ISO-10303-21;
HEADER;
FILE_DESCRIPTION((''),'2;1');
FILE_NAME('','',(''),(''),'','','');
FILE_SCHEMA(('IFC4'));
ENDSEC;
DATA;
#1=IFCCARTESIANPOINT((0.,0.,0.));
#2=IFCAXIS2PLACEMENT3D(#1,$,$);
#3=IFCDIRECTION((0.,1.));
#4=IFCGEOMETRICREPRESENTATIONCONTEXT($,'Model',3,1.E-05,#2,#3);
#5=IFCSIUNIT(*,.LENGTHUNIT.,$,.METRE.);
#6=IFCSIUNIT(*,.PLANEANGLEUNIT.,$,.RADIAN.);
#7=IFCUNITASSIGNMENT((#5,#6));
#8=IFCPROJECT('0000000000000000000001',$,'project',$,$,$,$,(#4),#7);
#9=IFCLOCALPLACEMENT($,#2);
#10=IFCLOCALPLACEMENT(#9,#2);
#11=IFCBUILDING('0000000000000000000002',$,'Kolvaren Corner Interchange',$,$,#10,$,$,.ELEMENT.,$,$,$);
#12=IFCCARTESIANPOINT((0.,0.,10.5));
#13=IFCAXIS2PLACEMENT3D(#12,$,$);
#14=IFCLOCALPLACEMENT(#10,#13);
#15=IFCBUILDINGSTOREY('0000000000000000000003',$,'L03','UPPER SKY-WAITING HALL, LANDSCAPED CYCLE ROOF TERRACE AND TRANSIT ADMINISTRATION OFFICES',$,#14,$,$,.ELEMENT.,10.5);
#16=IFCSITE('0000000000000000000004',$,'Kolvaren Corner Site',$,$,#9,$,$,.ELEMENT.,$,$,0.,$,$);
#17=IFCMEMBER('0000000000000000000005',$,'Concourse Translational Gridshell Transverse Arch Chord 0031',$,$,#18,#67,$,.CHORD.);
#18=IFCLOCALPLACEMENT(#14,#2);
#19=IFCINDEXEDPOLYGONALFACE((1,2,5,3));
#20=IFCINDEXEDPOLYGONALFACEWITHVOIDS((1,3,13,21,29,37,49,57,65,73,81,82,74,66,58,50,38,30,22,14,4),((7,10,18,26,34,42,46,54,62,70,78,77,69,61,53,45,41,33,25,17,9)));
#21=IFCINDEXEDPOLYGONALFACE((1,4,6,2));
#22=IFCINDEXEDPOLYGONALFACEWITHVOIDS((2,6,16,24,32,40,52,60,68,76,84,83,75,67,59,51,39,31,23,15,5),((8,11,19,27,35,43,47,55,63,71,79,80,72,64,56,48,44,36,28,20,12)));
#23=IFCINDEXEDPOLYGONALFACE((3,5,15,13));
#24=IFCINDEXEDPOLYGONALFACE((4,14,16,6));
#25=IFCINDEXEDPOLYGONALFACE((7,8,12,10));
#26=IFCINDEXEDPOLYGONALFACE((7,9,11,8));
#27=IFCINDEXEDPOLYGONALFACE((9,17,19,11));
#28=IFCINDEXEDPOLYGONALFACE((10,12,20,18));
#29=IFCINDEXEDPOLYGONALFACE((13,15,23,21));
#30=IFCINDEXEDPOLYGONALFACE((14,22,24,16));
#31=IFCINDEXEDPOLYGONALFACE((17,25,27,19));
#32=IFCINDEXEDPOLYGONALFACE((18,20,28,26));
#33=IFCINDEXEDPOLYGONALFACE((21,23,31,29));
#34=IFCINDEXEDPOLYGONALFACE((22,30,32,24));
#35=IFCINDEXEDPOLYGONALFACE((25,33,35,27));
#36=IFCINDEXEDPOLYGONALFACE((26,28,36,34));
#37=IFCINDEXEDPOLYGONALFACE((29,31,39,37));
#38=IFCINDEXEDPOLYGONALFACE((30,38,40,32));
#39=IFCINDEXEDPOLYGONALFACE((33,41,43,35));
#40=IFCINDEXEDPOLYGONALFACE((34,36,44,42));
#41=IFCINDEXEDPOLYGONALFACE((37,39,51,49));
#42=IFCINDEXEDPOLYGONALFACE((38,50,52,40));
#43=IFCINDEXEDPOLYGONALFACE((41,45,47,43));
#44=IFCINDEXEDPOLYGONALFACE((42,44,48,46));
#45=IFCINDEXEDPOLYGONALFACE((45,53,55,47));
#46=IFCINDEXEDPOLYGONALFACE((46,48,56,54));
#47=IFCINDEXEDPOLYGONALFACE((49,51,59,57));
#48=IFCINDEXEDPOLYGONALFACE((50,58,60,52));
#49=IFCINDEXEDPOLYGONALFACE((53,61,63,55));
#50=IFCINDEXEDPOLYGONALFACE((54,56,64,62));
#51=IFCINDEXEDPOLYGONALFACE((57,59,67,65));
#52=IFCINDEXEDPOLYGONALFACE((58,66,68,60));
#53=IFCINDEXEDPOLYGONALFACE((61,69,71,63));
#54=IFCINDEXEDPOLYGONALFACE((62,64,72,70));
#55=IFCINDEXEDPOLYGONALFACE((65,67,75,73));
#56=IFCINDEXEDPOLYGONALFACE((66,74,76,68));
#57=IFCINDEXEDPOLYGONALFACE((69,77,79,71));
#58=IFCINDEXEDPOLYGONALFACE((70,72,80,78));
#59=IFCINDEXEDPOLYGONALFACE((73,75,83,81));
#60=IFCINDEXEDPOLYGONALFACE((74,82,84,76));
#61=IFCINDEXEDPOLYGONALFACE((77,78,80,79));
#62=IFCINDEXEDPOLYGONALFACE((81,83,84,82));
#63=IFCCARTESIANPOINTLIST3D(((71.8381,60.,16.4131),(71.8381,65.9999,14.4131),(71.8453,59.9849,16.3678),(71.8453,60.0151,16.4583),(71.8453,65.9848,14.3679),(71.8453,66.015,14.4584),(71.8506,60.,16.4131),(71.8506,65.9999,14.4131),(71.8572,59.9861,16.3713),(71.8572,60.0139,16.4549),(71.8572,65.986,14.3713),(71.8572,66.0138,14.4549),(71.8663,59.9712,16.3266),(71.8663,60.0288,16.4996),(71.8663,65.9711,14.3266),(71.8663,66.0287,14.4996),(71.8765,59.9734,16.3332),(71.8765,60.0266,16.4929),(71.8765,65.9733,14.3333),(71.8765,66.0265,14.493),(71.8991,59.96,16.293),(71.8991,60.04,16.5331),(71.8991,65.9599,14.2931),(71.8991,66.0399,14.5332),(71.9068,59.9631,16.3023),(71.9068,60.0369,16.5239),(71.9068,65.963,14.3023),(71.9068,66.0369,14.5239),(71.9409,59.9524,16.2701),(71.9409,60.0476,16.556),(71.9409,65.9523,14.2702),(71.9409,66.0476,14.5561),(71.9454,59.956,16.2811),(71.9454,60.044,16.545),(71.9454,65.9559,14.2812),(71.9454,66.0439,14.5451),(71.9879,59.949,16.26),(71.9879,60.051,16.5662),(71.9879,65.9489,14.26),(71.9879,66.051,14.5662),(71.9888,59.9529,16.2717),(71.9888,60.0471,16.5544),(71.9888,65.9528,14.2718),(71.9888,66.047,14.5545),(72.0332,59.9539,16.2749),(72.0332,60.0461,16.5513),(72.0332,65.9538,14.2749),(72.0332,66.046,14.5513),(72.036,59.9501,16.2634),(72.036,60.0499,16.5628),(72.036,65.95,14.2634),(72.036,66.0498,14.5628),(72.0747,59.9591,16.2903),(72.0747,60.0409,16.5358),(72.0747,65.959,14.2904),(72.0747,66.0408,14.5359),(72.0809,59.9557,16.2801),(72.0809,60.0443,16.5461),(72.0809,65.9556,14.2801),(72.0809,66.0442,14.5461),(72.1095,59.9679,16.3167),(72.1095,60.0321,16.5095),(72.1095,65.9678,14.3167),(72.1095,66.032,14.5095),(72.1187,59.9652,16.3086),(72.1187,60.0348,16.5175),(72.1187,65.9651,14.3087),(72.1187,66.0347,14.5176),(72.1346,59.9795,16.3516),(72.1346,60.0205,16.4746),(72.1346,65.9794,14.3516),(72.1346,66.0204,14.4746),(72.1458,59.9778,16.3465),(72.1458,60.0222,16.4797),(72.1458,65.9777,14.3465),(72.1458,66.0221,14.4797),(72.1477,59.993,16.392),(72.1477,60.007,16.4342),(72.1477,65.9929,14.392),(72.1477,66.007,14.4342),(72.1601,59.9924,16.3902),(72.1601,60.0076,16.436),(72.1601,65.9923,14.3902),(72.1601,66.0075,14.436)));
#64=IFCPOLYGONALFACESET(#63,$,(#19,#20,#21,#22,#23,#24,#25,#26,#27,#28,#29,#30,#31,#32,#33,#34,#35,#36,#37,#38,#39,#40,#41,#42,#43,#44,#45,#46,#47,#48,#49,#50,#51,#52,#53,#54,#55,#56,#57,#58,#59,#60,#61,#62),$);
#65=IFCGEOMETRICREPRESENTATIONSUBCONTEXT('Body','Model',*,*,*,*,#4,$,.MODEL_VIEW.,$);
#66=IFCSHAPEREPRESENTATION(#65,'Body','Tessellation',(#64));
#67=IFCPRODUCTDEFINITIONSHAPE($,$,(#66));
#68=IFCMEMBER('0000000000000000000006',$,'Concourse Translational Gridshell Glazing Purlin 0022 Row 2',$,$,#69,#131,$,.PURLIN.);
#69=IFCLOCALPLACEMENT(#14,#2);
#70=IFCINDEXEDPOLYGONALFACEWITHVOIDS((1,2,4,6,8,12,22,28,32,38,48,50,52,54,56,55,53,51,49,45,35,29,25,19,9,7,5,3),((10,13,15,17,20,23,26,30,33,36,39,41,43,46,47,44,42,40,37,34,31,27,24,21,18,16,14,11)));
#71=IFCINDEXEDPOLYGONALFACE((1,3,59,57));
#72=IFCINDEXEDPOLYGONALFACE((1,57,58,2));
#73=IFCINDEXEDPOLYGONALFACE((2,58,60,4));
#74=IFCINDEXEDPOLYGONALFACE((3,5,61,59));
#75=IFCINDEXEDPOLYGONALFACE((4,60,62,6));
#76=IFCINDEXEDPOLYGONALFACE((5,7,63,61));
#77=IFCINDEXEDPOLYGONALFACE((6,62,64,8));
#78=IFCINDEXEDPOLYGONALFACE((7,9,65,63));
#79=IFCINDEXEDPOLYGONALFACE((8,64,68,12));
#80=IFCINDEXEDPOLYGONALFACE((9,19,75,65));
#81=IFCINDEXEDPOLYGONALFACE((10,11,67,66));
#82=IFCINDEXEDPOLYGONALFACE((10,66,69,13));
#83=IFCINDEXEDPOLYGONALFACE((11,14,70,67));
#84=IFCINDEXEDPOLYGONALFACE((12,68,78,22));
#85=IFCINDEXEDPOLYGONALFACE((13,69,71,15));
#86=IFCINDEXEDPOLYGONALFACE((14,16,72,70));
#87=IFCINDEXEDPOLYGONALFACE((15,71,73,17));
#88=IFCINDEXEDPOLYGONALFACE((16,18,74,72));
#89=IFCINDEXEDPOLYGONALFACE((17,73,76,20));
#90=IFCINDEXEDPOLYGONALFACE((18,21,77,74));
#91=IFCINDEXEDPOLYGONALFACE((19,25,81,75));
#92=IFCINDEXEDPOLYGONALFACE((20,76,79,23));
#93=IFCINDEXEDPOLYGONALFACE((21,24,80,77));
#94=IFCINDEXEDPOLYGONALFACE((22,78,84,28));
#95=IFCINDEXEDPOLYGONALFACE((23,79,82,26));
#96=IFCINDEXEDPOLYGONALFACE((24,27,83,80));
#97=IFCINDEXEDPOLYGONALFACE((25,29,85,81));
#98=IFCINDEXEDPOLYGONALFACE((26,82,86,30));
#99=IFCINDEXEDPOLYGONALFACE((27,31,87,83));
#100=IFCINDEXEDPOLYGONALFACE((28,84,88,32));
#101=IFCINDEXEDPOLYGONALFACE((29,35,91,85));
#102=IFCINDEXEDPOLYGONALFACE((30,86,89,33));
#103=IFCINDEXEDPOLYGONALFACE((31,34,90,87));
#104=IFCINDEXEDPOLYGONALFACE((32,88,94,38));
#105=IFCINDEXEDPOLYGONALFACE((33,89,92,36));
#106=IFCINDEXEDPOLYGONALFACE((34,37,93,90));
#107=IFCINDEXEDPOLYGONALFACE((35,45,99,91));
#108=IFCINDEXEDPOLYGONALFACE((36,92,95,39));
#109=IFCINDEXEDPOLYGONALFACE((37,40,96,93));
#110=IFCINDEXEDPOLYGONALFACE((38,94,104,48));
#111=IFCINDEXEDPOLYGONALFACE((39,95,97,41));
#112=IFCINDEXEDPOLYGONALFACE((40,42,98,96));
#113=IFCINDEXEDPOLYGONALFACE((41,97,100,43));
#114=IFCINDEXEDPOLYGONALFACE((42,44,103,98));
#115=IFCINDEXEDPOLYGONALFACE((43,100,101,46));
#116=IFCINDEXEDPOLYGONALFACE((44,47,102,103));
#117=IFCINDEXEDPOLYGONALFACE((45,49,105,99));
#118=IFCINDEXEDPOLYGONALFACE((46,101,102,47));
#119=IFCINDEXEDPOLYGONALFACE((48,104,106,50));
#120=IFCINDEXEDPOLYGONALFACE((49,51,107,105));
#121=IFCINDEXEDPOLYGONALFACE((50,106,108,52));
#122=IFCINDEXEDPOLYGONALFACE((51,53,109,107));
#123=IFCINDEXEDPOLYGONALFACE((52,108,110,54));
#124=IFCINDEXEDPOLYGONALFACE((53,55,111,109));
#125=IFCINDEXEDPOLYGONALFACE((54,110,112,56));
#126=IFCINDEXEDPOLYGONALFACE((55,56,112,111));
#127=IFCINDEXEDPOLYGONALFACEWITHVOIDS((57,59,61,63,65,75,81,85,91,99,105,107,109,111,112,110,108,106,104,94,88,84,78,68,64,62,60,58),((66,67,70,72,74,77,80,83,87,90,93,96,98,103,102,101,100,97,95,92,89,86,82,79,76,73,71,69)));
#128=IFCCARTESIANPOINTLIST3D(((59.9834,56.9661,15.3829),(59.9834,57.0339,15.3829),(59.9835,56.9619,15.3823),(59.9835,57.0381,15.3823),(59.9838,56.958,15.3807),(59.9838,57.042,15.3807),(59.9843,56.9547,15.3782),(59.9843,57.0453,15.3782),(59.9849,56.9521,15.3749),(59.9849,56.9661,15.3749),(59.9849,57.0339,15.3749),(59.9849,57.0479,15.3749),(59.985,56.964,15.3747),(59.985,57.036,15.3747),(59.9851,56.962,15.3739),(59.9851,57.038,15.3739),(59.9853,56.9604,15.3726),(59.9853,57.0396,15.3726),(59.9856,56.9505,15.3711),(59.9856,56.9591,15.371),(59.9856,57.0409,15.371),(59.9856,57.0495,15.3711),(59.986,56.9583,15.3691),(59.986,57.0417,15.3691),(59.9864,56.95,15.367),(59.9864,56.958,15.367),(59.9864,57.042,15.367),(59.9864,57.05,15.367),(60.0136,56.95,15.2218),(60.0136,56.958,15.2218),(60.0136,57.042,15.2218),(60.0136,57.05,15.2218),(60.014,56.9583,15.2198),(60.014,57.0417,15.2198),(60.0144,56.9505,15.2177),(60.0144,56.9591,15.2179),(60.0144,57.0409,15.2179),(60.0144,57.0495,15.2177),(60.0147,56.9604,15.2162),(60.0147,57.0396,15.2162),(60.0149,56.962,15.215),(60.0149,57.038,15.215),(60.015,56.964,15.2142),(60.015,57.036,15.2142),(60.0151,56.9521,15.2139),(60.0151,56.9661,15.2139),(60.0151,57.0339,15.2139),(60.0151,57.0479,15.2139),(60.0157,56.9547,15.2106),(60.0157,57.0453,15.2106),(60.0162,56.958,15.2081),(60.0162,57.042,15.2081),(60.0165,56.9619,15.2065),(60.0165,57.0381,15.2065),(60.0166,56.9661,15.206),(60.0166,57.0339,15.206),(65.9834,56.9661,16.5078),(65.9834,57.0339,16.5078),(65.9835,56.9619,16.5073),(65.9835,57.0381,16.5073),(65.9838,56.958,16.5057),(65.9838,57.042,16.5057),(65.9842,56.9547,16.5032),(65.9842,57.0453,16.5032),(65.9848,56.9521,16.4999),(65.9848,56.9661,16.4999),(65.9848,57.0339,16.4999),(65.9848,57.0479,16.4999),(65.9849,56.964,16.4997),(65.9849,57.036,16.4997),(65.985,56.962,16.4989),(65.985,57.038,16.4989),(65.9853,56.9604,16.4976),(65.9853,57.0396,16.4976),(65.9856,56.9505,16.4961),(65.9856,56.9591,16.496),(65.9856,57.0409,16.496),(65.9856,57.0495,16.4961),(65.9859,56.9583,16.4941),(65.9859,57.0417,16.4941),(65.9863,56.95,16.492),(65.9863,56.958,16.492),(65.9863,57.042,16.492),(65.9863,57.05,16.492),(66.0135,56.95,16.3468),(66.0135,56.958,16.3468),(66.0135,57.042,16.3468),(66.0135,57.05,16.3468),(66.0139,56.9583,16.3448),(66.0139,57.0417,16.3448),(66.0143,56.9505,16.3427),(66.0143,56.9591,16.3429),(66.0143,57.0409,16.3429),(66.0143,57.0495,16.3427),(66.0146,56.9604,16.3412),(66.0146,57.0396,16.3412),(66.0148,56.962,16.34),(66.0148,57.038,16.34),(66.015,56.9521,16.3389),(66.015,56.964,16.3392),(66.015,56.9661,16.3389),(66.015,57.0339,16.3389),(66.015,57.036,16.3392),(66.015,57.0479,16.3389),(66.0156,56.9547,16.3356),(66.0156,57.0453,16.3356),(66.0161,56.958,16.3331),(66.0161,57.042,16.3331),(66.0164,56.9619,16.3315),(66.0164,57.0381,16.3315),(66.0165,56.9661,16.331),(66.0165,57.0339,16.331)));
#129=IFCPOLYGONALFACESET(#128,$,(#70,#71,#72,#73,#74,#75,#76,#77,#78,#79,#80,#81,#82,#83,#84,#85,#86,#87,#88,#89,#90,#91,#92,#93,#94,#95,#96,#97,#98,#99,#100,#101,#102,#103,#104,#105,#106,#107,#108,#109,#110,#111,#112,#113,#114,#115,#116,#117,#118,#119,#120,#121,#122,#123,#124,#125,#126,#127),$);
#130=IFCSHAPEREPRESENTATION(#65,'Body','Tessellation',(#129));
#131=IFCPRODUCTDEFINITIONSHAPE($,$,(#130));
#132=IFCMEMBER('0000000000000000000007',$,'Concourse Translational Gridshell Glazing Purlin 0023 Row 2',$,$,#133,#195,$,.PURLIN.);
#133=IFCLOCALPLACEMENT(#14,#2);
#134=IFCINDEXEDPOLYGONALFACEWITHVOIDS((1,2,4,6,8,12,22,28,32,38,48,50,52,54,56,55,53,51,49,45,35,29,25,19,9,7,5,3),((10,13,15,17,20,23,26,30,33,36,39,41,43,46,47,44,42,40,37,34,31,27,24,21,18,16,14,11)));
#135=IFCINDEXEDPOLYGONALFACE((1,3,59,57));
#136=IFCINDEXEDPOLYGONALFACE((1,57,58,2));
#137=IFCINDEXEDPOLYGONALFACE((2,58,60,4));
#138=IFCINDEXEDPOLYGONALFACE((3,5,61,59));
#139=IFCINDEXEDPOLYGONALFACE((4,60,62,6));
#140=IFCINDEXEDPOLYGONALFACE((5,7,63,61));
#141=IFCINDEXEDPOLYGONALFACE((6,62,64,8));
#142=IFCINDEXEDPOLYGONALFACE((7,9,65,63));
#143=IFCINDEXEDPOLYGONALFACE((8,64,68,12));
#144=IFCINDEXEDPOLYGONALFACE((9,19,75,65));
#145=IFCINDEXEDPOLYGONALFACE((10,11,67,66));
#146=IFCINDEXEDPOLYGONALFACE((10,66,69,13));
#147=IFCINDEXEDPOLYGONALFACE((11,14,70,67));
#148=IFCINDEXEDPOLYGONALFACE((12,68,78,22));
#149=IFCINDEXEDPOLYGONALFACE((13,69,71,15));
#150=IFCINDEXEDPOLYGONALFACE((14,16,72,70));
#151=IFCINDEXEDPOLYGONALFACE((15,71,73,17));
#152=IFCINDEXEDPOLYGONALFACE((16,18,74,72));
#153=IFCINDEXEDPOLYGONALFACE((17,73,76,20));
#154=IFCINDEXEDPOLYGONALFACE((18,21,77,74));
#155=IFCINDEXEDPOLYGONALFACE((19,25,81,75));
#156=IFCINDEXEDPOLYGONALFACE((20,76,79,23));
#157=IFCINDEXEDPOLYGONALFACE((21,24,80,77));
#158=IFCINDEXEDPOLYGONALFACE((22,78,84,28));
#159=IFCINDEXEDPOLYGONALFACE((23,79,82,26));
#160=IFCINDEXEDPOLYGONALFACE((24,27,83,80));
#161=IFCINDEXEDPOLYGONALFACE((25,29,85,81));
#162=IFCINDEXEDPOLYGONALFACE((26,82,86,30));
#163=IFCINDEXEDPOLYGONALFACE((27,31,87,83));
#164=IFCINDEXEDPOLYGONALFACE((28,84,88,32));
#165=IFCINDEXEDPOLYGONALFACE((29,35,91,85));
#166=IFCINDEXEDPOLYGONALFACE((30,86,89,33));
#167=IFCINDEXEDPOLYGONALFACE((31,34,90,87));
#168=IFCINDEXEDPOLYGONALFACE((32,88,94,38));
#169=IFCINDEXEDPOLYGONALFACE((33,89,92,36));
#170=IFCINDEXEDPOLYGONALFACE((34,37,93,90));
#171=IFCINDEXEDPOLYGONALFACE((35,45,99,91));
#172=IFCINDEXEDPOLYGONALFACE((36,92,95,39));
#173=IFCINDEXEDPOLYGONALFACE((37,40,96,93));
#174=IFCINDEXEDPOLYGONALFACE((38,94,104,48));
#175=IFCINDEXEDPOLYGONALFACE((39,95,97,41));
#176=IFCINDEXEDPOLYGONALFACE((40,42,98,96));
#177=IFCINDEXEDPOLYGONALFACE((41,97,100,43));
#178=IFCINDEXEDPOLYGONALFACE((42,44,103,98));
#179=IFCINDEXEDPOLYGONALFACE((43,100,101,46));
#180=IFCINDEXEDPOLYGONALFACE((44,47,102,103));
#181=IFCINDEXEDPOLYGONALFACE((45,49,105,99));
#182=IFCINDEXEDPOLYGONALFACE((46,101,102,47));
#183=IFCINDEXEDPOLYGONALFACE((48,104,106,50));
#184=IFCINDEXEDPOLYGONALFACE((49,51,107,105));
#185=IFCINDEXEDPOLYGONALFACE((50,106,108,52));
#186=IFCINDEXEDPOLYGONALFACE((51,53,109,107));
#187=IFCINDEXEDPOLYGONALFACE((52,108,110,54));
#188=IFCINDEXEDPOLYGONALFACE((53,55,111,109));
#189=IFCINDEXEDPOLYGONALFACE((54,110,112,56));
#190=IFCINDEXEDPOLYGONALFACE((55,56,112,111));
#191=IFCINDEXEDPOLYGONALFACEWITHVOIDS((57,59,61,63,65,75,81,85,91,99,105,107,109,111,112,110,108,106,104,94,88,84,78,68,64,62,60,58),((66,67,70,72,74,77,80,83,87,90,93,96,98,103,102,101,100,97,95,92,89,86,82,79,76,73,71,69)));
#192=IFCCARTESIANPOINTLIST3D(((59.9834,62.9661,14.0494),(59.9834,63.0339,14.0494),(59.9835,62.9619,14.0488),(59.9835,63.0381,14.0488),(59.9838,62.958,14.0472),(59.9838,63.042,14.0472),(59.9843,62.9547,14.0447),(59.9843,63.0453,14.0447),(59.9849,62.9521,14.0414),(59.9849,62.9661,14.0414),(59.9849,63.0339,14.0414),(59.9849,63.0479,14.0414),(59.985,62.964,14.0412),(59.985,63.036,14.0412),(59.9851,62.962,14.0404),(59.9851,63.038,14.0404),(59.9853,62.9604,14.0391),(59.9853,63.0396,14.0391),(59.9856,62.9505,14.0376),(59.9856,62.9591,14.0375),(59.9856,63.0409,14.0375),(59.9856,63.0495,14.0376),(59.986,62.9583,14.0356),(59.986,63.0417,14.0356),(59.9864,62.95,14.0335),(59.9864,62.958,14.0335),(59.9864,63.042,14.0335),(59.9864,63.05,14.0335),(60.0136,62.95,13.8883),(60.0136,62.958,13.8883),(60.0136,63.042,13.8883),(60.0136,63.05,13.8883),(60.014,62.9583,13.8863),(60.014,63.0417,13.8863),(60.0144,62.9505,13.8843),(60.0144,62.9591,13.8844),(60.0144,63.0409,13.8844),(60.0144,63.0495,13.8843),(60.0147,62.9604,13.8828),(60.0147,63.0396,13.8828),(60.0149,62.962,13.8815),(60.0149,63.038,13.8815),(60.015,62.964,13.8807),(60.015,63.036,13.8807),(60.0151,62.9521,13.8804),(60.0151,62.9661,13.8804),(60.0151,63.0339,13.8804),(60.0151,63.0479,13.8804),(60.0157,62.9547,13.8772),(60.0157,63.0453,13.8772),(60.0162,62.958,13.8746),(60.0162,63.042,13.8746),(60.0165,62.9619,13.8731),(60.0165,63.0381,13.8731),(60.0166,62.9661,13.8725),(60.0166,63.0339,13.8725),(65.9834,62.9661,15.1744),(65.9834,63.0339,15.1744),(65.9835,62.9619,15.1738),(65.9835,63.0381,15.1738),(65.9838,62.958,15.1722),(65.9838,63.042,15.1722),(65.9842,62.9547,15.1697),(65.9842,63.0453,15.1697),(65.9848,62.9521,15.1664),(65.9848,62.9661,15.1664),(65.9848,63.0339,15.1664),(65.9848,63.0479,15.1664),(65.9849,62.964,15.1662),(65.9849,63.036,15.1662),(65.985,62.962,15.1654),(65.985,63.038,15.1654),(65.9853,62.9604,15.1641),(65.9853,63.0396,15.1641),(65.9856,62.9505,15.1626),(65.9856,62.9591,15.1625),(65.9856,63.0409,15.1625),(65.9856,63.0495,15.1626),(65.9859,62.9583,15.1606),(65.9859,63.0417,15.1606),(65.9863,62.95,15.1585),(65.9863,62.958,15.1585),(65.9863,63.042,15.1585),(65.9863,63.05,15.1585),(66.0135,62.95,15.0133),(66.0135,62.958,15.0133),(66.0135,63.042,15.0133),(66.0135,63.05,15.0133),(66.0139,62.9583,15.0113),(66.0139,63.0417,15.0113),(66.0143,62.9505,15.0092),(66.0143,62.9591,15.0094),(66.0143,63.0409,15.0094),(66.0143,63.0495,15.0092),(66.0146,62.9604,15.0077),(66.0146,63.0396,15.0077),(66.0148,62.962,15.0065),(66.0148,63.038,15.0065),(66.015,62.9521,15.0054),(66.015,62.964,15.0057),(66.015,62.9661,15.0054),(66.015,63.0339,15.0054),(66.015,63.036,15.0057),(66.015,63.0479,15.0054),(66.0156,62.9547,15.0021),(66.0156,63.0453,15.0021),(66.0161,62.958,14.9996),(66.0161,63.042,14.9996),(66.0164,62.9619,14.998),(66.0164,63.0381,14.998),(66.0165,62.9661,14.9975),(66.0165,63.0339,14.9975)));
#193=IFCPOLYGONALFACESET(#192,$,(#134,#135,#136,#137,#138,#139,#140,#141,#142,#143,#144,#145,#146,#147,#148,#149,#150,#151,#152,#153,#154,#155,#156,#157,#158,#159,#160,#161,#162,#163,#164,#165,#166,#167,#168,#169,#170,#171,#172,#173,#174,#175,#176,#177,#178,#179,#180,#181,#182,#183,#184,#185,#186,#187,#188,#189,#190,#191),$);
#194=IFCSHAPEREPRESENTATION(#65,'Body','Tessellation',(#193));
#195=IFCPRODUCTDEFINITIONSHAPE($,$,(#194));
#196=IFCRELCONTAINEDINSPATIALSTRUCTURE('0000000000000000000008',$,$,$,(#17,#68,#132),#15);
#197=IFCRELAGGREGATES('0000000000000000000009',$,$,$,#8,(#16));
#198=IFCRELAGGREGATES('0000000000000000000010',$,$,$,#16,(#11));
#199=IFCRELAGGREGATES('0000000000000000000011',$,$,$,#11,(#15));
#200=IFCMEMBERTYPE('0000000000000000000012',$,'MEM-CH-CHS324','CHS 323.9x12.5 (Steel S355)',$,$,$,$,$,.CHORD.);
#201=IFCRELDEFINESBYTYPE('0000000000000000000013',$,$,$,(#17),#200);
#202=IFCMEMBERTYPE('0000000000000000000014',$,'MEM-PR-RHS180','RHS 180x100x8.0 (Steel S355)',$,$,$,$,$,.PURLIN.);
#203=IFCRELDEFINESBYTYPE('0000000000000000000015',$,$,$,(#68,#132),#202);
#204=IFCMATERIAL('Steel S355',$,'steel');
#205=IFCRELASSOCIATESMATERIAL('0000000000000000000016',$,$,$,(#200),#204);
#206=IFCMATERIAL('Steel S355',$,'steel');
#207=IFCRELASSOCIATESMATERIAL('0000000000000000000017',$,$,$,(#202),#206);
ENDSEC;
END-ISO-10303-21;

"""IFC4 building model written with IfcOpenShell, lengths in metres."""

from ifc_helpers import new_model, si_unit, direction, frame, origin, origin_2d, place, context, subcontext, project, spatial, hollow_rectangle, hollow_circle, extrude, material, material_profile, profile_set, type_object, element, save


model = new_model("IFC4")

# Units and contexts
model_context = context("Model", 3, precision=1e-05, world=origin(), true_north=direction((0.0, 1.0)))
body_context = subcontext(model_context, "Body", "Model", "MODEL_VIEW")
ifc_project = project(units=[si_unit("LENGTHUNIT", "METRE"), si_unit("PLANEANGLEUNIT", "RADIAN")], contexts=[model_context])

# Site, building, storey
site_placement = place(None, origin())
site = spatial("IfcSite", under=ifc_project, at=site_placement, Name="Kolvaren Corner Site", CompositionType="ELEMENT", RefElevation=0.0)
building_placement = place(site_placement, origin())
building = spatial("IfcBuilding", under=site, at=building_placement, Name="Kolvaren Corner Interchange", CompositionType="ELEMENT")
storey_placement = place(building_placement, frame((0.0, 0.0, 10.5)))
storey = spatial("IfcBuildingStorey", under=building, at=storey_placement, Name="L03", Description="UPPER SKY-WAITING HALL, LANDSCAPED CYCLE ROOF TERRACE AND TRANSIT ADMINISTRATION OFFICES", CompositionType="ELEMENT", Elevation=10.5)

# Members
ifc_material_1 = material(Name="Steel S355", Category="steel")
ifc_material_profile_1 = material_profile(ifc_material_1, hollow_circle(Radius=0.1619, WallThickness=0.0125, at=origin_2d()), Name="CHS 323.9x12.5")
ifc_profile_set_1 = profile_set([ifc_material_profile_1], Name="Steel S355")
member_type_1 = type_object("IfcMemberType", Name="MEM-CH-CHS324", Description="CHS 323.9x12.5 (Steel S355)", PredefinedType="CHORD", material=ifc_profile_set_1)
member_1_placement = place(storey_placement, frame((72.0, 60.0, 16.4131), z_axis=(0.0, 0.948683, -0.316228), x_axis=(-1.0, 0.0, 0.0)))
element("IfcMember", 1, at=member_1_placement, inside=storey, type_object=member_type_1, Name="Concourse Translational Gridshell Transverse Arch Chord 0031", PredefinedType="CHORD", context=body_context, shape_type="SweptSolid", body=[
    extrude(hollow_circle(Radius=0.1619, WallThickness=0.0125, at=origin_2d()), origin(), (0.0, 0.0, 1.0), 6.3245),
])
ifc_material_2 = material(Name="Steel S355", Category="steel")
ifc_material_profile_2 = material_profile(ifc_material_2, hollow_rectangle(XDim=0.1001, YDim=0.1799, WallThickness=0.0081, InnerFilletRadius=0.0081, OuterFilletRadius=0.0161, at=origin_2d()), Name="RHS 180x100x8.0")
ifc_profile_set_2 = profile_set([ifc_material_profile_2], Name="Steel S355")
member_type_2 = type_object("IfcMemberType", Name="MEM-PR-RHS180", Description="RHS 180x100x8.0 (Steel S355)", PredefinedType="PURLIN", material=ifc_profile_set_2)
for number, where, z_axis, x_axis, name in (
    (2, (60.0, 57.0, 15.2944), (0.982872, 0.0, 0.184289), (0.0, 1.0, 0.0), "Concourse Translational Gridshell Glazing Purlin 0022 Row 2"),
    (3, (60.0, 63.0, 13.9609), (0.982872, 0.0, 0.184289), (0.0, 1.0, 0.0), "Concourse Translational Gridshell Glazing Purlin 0023 Row 2"),
):
    element("IfcMember", number, at=place(storey_placement, frame(where, z_axis=z_axis, x_axis=x_axis)), inside=storey, type_object=member_type_2, Name=name, PredefinedType="PURLIN", context=body_context, shape_type="SweptSolid", body=[
        extrude(hollow_rectangle(XDim=0.1001, YDim=0.1799, WallThickness=0.0081, InnerFilletRadius=0.0081, OuterFilletRadius=0.0161, at=origin_2d()), origin(), (0.0, 0.0, 1.0), 6.1045),
    ])

save(model, "model.ifc")
